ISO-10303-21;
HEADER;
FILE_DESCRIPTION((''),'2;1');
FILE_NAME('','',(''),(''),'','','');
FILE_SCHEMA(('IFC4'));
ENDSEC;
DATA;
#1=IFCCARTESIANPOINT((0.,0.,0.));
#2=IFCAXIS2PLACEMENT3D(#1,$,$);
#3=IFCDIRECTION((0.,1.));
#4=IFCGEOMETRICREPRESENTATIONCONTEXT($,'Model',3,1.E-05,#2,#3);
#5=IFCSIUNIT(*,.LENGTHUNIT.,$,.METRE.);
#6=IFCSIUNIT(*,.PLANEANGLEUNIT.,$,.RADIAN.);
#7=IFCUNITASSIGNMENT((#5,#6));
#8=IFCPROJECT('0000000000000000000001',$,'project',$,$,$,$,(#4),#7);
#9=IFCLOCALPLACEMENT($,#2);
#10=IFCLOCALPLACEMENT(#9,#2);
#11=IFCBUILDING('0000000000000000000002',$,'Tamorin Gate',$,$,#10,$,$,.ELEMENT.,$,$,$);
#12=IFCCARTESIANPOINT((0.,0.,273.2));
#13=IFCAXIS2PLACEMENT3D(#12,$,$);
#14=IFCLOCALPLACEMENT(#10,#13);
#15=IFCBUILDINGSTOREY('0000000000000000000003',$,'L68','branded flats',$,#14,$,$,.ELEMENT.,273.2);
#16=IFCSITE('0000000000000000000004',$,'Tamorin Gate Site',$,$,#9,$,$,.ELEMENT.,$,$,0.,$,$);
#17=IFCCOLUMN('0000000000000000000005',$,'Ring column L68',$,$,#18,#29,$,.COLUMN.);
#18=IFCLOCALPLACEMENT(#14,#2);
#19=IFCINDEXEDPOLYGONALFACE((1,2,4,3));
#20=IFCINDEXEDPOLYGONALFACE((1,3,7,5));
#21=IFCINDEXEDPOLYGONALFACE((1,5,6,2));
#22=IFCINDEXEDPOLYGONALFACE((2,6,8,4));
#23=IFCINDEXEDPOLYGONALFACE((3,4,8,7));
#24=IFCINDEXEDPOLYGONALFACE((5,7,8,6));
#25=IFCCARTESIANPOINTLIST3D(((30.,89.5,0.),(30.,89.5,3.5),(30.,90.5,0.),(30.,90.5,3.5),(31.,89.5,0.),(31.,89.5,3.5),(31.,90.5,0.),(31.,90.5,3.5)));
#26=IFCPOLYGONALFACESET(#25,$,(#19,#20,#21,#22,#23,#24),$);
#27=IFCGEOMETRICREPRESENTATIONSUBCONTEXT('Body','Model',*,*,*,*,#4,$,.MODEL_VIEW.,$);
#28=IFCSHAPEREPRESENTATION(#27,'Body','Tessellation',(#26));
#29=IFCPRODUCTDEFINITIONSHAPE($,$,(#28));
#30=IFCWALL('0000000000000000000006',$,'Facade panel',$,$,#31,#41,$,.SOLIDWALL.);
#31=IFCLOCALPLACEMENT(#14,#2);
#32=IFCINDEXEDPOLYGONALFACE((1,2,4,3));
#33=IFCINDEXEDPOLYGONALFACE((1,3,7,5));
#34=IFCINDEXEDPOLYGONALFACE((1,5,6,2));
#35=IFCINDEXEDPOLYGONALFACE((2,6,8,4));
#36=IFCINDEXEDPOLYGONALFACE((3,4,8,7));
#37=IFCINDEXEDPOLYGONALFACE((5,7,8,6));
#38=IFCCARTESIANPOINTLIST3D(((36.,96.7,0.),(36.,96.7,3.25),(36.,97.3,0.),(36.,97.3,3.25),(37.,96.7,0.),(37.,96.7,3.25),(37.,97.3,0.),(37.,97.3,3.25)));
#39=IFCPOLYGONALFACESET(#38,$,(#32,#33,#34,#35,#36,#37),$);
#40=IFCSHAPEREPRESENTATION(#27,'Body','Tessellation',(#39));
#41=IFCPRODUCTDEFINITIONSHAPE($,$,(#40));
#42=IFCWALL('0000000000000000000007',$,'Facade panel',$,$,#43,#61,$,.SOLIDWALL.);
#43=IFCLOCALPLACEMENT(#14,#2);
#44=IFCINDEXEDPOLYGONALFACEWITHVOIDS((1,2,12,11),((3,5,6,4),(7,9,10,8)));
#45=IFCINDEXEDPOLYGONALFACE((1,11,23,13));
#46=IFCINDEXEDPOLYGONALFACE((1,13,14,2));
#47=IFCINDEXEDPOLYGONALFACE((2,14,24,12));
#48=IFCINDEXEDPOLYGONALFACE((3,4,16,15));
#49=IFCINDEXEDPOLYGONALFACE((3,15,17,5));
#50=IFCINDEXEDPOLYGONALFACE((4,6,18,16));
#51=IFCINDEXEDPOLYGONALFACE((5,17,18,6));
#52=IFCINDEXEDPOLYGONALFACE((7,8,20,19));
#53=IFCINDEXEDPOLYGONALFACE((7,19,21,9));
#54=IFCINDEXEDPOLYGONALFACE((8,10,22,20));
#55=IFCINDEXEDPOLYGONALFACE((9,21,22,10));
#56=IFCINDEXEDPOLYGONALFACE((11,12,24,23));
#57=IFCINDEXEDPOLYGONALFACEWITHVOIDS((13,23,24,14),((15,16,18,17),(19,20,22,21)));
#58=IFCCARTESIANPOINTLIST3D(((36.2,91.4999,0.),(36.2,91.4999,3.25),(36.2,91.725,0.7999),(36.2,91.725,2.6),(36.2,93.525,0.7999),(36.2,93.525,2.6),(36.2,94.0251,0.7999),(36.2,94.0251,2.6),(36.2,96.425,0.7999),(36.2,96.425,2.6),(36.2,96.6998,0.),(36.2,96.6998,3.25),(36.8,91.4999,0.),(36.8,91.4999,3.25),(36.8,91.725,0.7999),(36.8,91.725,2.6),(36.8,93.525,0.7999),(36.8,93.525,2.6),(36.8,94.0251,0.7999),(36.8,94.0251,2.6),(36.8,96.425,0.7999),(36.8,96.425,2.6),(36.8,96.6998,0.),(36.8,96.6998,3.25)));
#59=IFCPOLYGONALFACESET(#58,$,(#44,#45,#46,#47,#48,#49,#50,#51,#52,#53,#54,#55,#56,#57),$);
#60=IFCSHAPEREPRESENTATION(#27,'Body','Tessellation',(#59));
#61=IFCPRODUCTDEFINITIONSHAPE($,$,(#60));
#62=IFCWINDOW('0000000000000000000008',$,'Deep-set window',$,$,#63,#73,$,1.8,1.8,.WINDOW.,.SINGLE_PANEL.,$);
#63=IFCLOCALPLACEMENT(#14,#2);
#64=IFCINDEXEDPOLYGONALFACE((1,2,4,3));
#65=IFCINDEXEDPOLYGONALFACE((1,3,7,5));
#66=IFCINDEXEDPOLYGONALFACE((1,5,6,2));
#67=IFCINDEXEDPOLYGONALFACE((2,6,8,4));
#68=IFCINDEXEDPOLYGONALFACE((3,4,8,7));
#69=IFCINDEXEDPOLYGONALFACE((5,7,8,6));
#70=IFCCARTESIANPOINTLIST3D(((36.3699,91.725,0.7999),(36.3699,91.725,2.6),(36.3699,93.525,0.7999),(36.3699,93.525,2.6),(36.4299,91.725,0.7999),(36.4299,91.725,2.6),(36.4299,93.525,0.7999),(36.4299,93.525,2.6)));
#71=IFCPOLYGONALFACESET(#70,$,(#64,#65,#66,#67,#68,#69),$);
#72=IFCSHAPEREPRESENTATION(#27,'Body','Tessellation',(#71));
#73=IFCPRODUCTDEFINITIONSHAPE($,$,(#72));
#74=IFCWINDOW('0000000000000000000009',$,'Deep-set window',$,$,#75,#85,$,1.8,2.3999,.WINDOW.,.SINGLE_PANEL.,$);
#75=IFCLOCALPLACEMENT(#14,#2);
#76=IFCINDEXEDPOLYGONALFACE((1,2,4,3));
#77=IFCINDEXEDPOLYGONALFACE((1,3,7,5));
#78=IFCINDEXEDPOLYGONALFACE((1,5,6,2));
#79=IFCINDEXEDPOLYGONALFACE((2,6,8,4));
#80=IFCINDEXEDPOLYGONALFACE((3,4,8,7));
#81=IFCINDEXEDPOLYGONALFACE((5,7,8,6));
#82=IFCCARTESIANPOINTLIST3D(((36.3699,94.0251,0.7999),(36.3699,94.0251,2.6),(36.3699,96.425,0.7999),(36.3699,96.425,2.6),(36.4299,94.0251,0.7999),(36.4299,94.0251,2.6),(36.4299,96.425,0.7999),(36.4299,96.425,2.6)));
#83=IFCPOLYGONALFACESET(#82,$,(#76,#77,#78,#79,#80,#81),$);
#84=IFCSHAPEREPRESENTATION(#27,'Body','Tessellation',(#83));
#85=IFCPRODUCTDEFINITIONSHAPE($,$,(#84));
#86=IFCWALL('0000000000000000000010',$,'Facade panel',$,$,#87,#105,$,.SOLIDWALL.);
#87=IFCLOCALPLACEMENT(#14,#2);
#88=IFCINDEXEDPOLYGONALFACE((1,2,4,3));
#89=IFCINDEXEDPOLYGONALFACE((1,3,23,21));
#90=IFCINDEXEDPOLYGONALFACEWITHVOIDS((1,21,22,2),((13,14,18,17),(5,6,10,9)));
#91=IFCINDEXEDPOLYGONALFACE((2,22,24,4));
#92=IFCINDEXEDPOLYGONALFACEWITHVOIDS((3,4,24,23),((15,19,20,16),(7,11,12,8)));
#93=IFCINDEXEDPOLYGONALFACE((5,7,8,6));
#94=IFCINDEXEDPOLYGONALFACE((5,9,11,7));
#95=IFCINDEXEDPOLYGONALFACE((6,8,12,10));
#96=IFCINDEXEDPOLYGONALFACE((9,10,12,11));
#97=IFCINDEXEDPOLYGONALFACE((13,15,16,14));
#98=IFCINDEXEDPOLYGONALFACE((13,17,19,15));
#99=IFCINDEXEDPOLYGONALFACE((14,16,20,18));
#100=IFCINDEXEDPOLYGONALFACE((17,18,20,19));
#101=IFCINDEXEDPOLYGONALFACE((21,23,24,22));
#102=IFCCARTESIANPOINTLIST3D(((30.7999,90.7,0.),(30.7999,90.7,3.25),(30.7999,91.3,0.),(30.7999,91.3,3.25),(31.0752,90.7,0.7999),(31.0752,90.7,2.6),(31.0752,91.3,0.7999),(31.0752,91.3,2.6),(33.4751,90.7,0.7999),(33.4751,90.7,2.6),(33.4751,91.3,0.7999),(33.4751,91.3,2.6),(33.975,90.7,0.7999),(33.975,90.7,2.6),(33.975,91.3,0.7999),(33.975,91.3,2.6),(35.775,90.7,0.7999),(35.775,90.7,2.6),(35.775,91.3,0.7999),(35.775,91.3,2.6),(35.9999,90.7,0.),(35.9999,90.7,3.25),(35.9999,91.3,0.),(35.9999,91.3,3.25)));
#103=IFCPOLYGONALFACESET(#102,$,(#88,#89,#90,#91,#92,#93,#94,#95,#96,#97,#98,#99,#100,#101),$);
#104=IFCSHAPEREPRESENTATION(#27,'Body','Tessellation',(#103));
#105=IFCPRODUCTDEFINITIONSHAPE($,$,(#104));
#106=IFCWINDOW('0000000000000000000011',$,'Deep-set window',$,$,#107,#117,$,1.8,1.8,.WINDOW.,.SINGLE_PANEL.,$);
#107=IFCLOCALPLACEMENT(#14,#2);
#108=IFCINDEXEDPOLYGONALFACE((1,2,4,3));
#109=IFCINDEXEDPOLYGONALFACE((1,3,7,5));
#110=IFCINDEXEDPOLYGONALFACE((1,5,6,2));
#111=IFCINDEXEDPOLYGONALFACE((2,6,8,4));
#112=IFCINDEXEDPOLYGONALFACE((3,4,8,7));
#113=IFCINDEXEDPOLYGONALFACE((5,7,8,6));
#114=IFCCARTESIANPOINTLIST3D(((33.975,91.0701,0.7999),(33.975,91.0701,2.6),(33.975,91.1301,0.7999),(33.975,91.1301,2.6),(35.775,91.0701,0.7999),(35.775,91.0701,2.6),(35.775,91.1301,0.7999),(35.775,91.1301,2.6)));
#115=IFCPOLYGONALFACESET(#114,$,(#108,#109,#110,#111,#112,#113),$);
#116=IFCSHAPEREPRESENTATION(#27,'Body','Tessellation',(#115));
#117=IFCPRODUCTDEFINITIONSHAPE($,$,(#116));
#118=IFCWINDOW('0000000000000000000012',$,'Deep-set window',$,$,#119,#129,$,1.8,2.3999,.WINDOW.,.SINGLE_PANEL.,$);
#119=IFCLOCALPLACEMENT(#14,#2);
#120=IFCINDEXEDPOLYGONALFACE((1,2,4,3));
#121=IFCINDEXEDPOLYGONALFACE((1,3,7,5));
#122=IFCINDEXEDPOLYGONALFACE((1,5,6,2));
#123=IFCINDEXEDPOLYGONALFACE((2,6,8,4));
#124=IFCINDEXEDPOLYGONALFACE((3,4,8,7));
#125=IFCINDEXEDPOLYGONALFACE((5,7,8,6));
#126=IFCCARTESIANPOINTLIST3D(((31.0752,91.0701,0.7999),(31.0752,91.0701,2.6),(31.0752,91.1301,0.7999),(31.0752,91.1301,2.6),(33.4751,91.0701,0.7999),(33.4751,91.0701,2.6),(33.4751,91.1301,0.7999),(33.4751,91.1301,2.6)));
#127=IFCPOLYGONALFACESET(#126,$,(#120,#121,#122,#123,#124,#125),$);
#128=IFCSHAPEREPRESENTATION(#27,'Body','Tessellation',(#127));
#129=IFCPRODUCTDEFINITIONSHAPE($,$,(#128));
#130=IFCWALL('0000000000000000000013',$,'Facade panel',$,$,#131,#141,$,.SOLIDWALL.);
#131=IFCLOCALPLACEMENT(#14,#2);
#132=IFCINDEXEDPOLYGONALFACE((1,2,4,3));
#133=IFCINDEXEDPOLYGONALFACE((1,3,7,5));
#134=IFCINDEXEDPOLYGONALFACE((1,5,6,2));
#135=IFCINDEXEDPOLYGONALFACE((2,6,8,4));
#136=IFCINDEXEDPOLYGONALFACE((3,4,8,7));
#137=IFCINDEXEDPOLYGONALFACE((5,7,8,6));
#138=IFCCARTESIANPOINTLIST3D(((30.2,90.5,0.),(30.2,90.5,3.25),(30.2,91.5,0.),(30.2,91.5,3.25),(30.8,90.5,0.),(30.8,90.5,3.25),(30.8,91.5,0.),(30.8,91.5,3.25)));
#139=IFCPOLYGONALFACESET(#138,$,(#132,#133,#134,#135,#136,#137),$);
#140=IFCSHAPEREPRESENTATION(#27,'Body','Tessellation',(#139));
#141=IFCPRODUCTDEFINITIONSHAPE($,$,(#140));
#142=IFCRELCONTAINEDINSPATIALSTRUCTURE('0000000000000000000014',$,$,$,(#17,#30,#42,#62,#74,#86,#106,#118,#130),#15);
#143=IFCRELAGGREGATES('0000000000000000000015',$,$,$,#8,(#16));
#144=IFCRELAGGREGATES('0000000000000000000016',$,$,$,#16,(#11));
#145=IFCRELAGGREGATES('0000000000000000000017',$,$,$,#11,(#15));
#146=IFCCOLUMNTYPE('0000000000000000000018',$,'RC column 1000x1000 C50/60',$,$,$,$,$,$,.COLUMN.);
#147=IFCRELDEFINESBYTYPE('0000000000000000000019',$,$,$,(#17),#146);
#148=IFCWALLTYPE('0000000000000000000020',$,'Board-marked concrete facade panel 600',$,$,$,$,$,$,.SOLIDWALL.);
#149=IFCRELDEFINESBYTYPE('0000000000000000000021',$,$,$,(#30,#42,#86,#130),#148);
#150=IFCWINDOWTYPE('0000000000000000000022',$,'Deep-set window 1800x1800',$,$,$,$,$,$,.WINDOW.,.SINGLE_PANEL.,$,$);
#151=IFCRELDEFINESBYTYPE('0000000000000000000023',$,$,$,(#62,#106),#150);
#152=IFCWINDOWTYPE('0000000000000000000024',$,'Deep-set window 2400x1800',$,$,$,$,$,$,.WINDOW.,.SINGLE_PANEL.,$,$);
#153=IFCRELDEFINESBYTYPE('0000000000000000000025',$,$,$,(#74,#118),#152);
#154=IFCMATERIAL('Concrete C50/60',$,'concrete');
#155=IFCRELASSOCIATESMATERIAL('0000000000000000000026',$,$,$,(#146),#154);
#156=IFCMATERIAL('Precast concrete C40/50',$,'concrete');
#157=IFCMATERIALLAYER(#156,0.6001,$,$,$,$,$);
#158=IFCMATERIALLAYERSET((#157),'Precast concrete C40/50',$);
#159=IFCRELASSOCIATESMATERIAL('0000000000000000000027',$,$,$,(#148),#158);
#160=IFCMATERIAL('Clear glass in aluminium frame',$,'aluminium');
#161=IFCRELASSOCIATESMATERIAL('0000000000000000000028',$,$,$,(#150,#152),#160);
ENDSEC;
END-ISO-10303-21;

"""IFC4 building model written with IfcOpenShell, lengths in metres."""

from ifc_helpers import new_model, si_unit, direction, frame, frame_2d, origin, origin_2d, place, context, subcontext, project, spatial, rectangle, extrude, material, layer, layer_set, material_profile, profile_set, type_object, element, fill, save


model = new_model("IFC4")

# Units and contexts
model_context = context("Model", 3, precision=1e-05, world=origin(), true_north=direction((0.0, 1.0)))
body_context = subcontext(model_context, "Body", "Model", "MODEL_VIEW")
ifc_project = project(units=[si_unit("LENGTHUNIT", "METRE"), si_unit("PLANEANGLEUNIT", "RADIAN")], contexts=[model_context])

# Site, building, storey
site_placement = place(None, origin())
site = spatial("IfcSite", under=ifc_project, at=site_placement, Name="Tamorin Gate Site", CompositionType="ELEMENT", RefElevation=0.0)
building_placement = place(site_placement, origin())
building = spatial("IfcBuilding", under=site, at=building_placement, Name="Tamorin Gate", CompositionType="ELEMENT")
storey_placement = place(building_placement, frame((0.0, 0.0, 273.2)))
storey = spatial("IfcBuildingStorey", under=building, at=storey_placement, Name="L68", Description="branded flats", CompositionType="ELEMENT", Elevation=273.2)

# Column
ifc_material_1 = material(Name="Concrete C50/60", Category="concrete")
ifc_material_profile = material_profile(ifc_material_1, rectangle(XDim=1.0, YDim=1.0, at=origin_2d()), Name="RC 1000x1000")
ifc_profile_set = profile_set([ifc_material_profile], Name="Concrete C50/60")
column_type = type_object("IfcColumnType", Name="RC column 1000x1000 C50/60", PredefinedType="COLUMN", material=ifc_profile_set)
column_placement = place(storey_placement, frame((30.5, 90.0, 0.0), z_axis=(0.0, 0.0, 1.0), x_axis=(1.0, 0.0, 0.0)))
element("IfcColumn", 1, at=column_placement, inside=storey, type_object=column_type, Name="Ring column L68", PredefinedType="COLUMN", context=body_context, shape_type="SweptSolid", body=[
    extrude(rectangle(XDim=1.0, YDim=1.0, at=origin_2d()), origin(), (0.0, 0.0, 1.0), 3.5),
])

# Wall
ifc_material_2 = material(Name="Precast concrete C40/50", Category="concrete")
ifc_layer_1 = layer(ifc_material_2, 0.6001)
ifc_layer_set_1 = layer_set([ifc_layer_1], Name="Precast concrete C40/50")
wall_type_1 = type_object("IfcWallType", Name="Board-marked concrete facade panel 600", PredefinedType="SOLIDWALL", material=ifc_layer_set_1)
wall_1_placement = place(storey_placement, frame((37.0, 97.0, 0.0), z_axis=(0.0, 0.0, 1.0), x_axis=(-1.0, 0.0, 0.0)))
element("IfcWall", 2, at=wall_1_placement, inside=storey, type_object=wall_type_1, Name="Facade panel", PredefinedType="SOLIDWALL", context=body_context, shape_type="SweptSolid", body=[
    extrude(rectangle(XDim=1.0, YDim=0.6001, at=frame_2d((0.5, 0.0))), origin(), (0.0, 0.0, 1.0), 3.25),
])

# Walls, openings, windows
wall_2_placement = place(storey_placement, frame((36.5, 96.7, 0.0), z_axis=(0.0, 0.0, 1.0), x_axis=(0.0, -1.0, 0.0)))
wall_2 = element("IfcWall", 3, at=wall_2_placement, inside=storey, type_object=wall_type_1, Name="Facade panel", PredefinedType="SOLIDWALL", context=body_context, shape_type="SweptSolid", body=[
    extrude(rectangle(XDim=5.2, YDim=0.6001, at=frame_2d((2.6001, 0.0))), origin(), (0.0, 0.0, 1.0), 3.25),
])
opening_1_placement = place(wall_2_placement, frame((3.175, 0.0, 0.8)))
opening_1 = element("IfcOpeningElement", 4, at=opening_1_placement, cuts=wall_2, PredefinedType="OPENING", context=body_context, shape_type="SweptSolid", body=[
    extrude(rectangle(XDim=1.8, YDim=1.8, at=frame_2d((0.8999, 0.8999))), frame((0.0, 0.3101, 0.0), z_axis=(0.0, -1.0, 0.0), x_axis=(1.0, 0.0, 0.0)), (0.0, 0.0, 1.0), 0.6201),
])
opening_2_placement = place(wall_2_placement, frame((0.2749, 0.0, 0.8)))
opening_2 = element("IfcOpeningElement", 5, at=opening_2_placement, cuts=wall_2, PredefinedType="OPENING", context=body_context, shape_type="SweptSolid", body=[
    extrude(rectangle(XDim=2.3999, YDim=1.8, at=frame_2d((1.2, 0.8999))), frame((0.0, 0.3101, 0.0), z_axis=(0.0, -1.0, 0.0), x_axis=(1.0, 0.0, 0.0)), (0.0, 0.0, 1.0), 0.6201),
])
ifc_material_3 = material(Name="Clear glass in aluminium frame", Category="aluminium")
window_type_1 = type_object("IfcWindowType", Name="Deep-set window 1800x1800", PartitioningType="SINGLE_PANEL", PredefinedType="WINDOW", material=ifc_material_3)
window_1_placement = place(opening_1_placement, origin())
window_1 = element("IfcWindow", 6, at=window_1_placement, inside=storey, type_object=window_type_1, Name="Deep-set window", OverallHeight=1.8, OverallWidth=1.8, PartitioningType="SINGLE_PANEL", PredefinedType="WINDOW", context=body_context, shape_type="SweptSolid", body=[
    extrude(rectangle(XDim=1.8, YDim=1.8, at=frame_2d((0.8999, 0.8999))), frame((0.0, -0.0701, 0.0), z_axis=(0.0, -1.0, 0.0), x_axis=(1.0, 0.0, 0.0)), (0.0, 0.0, 1.0), 0.0601),
])
fill(opening_1, window_1)
window_type_2 = type_object("IfcWindowType", Name="Deep-set window 2400x1800", PartitioningType="SINGLE_PANEL", PredefinedType="WINDOW", material=ifc_material_3)
window_2_placement = place(opening_2_placement, origin())
window_2 = element("IfcWindow", 7, at=window_2_placement, inside=storey, type_object=window_type_2, Name="Deep-set window", OverallHeight=1.8, OverallWidth=2.3999, PartitioningType="SINGLE_PANEL", PredefinedType="WINDOW", context=body_context, shape_type="SweptSolid", body=[
    extrude(rectangle(XDim=2.3999, YDim=1.8, at=frame_2d((1.2, 0.8999))), frame((0.0, -0.0701, 0.0), z_axis=(0.0, -1.0, 0.0), x_axis=(1.0, 0.0, 0.0)), (0.0, 0.0, 1.0), 0.0601),
])
fill(opening_2, window_2)
wall_3_placement = place(storey_placement, frame((36.0, 91.0, 0.0), z_axis=(0.0, 0.0, 1.0), x_axis=(-1.0, 0.0, 0.0)))
wall_3 = element("IfcWall", 8, at=wall_3_placement, inside=storey, type_object=wall_type_1, Name="Facade panel", PredefinedType="SOLIDWALL", context=body_context, shape_type="SweptSolid", body=[
    extrude(rectangle(XDim=5.2, YDim=0.6001, at=frame_2d((2.6001, 0.0))), origin(), (0.0, 0.0, 1.0), 3.25),
])
opening_3_placement = place(wall_3_placement, frame((2.5249, 0.0, 0.8)))
opening_3 = element("IfcOpeningElement", 9, at=opening_3_placement, cuts=wall_3, PredefinedType="OPENING", context=body_context, shape_type="SweptSolid", body=[
    extrude(rectangle(XDim=2.3999, YDim=1.8, at=frame_2d((1.2, 0.8999))), frame((0.0, 0.3101, 0.0), z_axis=(0.0, -1.0, 0.0), x_axis=(1.0, 0.0, 0.0)), (0.0, 0.0, 1.0), 0.6201),
])
opening_4_placement = place(wall_3_placement, frame((0.2251, 0.0, 0.8)))
opening_4 = element("IfcOpeningElement", 10, at=opening_4_placement, cuts=wall_3, PredefinedType="OPENING", context=body_context, shape_type="SweptSolid", body=[
    extrude(rectangle(XDim=1.8, YDim=1.8, at=frame_2d((0.8999, 0.8999))), frame((0.0, 0.3101, 0.0), z_axis=(0.0, -1.0, 0.0), x_axis=(1.0, 0.0, 0.0)), (0.0, 0.0, 1.0), 0.6201),
])
window_3_placement = place(opening_4_placement, origin())
window_3 = element("IfcWindow", 11, at=window_3_placement, inside=storey, type_object=window_type_1, Name="Deep-set window", OverallHeight=1.8, OverallWidth=1.8, PartitioningType="SINGLE_PANEL", PredefinedType="WINDOW", context=body_context, shape_type="SweptSolid", body=[
    extrude(rectangle(XDim=1.8, YDim=1.8, at=frame_2d((0.8999, 0.8999))), frame((0.0, -0.0701, 0.0), z_axis=(0.0, -1.0, 0.0), x_axis=(1.0, 0.0, 0.0)), (0.0, 0.0, 1.0), 0.0601),
])
fill(opening_4, window_3)
window_4_placement = place(opening_3_placement, origin())
window_4 = element("IfcWindow", 12, at=window_4_placement, inside=storey, type_object=window_type_2, Name="Deep-set window", OverallHeight=1.8, OverallWidth=2.3999, PartitioningType="SINGLE_PANEL", PredefinedType="WINDOW", context=body_context, shape_type="SweptSolid", body=[
    extrude(rectangle(XDim=2.3999, YDim=1.8, at=frame_2d((1.2, 0.8999))), frame((0.0, -0.0701, 0.0), z_axis=(0.0, -1.0, 0.0), x_axis=(1.0, 0.0, 0.0)), (0.0, 0.0, 1.0), 0.0601),
])
fill(opening_3, window_4)

# Wall
wall_4_placement = place(storey_placement, frame((30.5, 91.5, 0.0), z_axis=(0.0, 0.0, 1.0), x_axis=(0.0, -1.0, 0.0)))
element("IfcWall", 13, at=wall_4_placement, inside=storey, type_object=wall_type_1, Name="Facade panel", PredefinedType="SOLIDWALL", context=body_context, shape_type="SweptSolid", body=[
    extrude(rectangle(XDim=1.0, YDim=0.6001, at=frame_2d((0.5, 0.0))), origin(), (0.0, 0.0, 1.0), 3.25),
])

save(model, "model.ifc")
